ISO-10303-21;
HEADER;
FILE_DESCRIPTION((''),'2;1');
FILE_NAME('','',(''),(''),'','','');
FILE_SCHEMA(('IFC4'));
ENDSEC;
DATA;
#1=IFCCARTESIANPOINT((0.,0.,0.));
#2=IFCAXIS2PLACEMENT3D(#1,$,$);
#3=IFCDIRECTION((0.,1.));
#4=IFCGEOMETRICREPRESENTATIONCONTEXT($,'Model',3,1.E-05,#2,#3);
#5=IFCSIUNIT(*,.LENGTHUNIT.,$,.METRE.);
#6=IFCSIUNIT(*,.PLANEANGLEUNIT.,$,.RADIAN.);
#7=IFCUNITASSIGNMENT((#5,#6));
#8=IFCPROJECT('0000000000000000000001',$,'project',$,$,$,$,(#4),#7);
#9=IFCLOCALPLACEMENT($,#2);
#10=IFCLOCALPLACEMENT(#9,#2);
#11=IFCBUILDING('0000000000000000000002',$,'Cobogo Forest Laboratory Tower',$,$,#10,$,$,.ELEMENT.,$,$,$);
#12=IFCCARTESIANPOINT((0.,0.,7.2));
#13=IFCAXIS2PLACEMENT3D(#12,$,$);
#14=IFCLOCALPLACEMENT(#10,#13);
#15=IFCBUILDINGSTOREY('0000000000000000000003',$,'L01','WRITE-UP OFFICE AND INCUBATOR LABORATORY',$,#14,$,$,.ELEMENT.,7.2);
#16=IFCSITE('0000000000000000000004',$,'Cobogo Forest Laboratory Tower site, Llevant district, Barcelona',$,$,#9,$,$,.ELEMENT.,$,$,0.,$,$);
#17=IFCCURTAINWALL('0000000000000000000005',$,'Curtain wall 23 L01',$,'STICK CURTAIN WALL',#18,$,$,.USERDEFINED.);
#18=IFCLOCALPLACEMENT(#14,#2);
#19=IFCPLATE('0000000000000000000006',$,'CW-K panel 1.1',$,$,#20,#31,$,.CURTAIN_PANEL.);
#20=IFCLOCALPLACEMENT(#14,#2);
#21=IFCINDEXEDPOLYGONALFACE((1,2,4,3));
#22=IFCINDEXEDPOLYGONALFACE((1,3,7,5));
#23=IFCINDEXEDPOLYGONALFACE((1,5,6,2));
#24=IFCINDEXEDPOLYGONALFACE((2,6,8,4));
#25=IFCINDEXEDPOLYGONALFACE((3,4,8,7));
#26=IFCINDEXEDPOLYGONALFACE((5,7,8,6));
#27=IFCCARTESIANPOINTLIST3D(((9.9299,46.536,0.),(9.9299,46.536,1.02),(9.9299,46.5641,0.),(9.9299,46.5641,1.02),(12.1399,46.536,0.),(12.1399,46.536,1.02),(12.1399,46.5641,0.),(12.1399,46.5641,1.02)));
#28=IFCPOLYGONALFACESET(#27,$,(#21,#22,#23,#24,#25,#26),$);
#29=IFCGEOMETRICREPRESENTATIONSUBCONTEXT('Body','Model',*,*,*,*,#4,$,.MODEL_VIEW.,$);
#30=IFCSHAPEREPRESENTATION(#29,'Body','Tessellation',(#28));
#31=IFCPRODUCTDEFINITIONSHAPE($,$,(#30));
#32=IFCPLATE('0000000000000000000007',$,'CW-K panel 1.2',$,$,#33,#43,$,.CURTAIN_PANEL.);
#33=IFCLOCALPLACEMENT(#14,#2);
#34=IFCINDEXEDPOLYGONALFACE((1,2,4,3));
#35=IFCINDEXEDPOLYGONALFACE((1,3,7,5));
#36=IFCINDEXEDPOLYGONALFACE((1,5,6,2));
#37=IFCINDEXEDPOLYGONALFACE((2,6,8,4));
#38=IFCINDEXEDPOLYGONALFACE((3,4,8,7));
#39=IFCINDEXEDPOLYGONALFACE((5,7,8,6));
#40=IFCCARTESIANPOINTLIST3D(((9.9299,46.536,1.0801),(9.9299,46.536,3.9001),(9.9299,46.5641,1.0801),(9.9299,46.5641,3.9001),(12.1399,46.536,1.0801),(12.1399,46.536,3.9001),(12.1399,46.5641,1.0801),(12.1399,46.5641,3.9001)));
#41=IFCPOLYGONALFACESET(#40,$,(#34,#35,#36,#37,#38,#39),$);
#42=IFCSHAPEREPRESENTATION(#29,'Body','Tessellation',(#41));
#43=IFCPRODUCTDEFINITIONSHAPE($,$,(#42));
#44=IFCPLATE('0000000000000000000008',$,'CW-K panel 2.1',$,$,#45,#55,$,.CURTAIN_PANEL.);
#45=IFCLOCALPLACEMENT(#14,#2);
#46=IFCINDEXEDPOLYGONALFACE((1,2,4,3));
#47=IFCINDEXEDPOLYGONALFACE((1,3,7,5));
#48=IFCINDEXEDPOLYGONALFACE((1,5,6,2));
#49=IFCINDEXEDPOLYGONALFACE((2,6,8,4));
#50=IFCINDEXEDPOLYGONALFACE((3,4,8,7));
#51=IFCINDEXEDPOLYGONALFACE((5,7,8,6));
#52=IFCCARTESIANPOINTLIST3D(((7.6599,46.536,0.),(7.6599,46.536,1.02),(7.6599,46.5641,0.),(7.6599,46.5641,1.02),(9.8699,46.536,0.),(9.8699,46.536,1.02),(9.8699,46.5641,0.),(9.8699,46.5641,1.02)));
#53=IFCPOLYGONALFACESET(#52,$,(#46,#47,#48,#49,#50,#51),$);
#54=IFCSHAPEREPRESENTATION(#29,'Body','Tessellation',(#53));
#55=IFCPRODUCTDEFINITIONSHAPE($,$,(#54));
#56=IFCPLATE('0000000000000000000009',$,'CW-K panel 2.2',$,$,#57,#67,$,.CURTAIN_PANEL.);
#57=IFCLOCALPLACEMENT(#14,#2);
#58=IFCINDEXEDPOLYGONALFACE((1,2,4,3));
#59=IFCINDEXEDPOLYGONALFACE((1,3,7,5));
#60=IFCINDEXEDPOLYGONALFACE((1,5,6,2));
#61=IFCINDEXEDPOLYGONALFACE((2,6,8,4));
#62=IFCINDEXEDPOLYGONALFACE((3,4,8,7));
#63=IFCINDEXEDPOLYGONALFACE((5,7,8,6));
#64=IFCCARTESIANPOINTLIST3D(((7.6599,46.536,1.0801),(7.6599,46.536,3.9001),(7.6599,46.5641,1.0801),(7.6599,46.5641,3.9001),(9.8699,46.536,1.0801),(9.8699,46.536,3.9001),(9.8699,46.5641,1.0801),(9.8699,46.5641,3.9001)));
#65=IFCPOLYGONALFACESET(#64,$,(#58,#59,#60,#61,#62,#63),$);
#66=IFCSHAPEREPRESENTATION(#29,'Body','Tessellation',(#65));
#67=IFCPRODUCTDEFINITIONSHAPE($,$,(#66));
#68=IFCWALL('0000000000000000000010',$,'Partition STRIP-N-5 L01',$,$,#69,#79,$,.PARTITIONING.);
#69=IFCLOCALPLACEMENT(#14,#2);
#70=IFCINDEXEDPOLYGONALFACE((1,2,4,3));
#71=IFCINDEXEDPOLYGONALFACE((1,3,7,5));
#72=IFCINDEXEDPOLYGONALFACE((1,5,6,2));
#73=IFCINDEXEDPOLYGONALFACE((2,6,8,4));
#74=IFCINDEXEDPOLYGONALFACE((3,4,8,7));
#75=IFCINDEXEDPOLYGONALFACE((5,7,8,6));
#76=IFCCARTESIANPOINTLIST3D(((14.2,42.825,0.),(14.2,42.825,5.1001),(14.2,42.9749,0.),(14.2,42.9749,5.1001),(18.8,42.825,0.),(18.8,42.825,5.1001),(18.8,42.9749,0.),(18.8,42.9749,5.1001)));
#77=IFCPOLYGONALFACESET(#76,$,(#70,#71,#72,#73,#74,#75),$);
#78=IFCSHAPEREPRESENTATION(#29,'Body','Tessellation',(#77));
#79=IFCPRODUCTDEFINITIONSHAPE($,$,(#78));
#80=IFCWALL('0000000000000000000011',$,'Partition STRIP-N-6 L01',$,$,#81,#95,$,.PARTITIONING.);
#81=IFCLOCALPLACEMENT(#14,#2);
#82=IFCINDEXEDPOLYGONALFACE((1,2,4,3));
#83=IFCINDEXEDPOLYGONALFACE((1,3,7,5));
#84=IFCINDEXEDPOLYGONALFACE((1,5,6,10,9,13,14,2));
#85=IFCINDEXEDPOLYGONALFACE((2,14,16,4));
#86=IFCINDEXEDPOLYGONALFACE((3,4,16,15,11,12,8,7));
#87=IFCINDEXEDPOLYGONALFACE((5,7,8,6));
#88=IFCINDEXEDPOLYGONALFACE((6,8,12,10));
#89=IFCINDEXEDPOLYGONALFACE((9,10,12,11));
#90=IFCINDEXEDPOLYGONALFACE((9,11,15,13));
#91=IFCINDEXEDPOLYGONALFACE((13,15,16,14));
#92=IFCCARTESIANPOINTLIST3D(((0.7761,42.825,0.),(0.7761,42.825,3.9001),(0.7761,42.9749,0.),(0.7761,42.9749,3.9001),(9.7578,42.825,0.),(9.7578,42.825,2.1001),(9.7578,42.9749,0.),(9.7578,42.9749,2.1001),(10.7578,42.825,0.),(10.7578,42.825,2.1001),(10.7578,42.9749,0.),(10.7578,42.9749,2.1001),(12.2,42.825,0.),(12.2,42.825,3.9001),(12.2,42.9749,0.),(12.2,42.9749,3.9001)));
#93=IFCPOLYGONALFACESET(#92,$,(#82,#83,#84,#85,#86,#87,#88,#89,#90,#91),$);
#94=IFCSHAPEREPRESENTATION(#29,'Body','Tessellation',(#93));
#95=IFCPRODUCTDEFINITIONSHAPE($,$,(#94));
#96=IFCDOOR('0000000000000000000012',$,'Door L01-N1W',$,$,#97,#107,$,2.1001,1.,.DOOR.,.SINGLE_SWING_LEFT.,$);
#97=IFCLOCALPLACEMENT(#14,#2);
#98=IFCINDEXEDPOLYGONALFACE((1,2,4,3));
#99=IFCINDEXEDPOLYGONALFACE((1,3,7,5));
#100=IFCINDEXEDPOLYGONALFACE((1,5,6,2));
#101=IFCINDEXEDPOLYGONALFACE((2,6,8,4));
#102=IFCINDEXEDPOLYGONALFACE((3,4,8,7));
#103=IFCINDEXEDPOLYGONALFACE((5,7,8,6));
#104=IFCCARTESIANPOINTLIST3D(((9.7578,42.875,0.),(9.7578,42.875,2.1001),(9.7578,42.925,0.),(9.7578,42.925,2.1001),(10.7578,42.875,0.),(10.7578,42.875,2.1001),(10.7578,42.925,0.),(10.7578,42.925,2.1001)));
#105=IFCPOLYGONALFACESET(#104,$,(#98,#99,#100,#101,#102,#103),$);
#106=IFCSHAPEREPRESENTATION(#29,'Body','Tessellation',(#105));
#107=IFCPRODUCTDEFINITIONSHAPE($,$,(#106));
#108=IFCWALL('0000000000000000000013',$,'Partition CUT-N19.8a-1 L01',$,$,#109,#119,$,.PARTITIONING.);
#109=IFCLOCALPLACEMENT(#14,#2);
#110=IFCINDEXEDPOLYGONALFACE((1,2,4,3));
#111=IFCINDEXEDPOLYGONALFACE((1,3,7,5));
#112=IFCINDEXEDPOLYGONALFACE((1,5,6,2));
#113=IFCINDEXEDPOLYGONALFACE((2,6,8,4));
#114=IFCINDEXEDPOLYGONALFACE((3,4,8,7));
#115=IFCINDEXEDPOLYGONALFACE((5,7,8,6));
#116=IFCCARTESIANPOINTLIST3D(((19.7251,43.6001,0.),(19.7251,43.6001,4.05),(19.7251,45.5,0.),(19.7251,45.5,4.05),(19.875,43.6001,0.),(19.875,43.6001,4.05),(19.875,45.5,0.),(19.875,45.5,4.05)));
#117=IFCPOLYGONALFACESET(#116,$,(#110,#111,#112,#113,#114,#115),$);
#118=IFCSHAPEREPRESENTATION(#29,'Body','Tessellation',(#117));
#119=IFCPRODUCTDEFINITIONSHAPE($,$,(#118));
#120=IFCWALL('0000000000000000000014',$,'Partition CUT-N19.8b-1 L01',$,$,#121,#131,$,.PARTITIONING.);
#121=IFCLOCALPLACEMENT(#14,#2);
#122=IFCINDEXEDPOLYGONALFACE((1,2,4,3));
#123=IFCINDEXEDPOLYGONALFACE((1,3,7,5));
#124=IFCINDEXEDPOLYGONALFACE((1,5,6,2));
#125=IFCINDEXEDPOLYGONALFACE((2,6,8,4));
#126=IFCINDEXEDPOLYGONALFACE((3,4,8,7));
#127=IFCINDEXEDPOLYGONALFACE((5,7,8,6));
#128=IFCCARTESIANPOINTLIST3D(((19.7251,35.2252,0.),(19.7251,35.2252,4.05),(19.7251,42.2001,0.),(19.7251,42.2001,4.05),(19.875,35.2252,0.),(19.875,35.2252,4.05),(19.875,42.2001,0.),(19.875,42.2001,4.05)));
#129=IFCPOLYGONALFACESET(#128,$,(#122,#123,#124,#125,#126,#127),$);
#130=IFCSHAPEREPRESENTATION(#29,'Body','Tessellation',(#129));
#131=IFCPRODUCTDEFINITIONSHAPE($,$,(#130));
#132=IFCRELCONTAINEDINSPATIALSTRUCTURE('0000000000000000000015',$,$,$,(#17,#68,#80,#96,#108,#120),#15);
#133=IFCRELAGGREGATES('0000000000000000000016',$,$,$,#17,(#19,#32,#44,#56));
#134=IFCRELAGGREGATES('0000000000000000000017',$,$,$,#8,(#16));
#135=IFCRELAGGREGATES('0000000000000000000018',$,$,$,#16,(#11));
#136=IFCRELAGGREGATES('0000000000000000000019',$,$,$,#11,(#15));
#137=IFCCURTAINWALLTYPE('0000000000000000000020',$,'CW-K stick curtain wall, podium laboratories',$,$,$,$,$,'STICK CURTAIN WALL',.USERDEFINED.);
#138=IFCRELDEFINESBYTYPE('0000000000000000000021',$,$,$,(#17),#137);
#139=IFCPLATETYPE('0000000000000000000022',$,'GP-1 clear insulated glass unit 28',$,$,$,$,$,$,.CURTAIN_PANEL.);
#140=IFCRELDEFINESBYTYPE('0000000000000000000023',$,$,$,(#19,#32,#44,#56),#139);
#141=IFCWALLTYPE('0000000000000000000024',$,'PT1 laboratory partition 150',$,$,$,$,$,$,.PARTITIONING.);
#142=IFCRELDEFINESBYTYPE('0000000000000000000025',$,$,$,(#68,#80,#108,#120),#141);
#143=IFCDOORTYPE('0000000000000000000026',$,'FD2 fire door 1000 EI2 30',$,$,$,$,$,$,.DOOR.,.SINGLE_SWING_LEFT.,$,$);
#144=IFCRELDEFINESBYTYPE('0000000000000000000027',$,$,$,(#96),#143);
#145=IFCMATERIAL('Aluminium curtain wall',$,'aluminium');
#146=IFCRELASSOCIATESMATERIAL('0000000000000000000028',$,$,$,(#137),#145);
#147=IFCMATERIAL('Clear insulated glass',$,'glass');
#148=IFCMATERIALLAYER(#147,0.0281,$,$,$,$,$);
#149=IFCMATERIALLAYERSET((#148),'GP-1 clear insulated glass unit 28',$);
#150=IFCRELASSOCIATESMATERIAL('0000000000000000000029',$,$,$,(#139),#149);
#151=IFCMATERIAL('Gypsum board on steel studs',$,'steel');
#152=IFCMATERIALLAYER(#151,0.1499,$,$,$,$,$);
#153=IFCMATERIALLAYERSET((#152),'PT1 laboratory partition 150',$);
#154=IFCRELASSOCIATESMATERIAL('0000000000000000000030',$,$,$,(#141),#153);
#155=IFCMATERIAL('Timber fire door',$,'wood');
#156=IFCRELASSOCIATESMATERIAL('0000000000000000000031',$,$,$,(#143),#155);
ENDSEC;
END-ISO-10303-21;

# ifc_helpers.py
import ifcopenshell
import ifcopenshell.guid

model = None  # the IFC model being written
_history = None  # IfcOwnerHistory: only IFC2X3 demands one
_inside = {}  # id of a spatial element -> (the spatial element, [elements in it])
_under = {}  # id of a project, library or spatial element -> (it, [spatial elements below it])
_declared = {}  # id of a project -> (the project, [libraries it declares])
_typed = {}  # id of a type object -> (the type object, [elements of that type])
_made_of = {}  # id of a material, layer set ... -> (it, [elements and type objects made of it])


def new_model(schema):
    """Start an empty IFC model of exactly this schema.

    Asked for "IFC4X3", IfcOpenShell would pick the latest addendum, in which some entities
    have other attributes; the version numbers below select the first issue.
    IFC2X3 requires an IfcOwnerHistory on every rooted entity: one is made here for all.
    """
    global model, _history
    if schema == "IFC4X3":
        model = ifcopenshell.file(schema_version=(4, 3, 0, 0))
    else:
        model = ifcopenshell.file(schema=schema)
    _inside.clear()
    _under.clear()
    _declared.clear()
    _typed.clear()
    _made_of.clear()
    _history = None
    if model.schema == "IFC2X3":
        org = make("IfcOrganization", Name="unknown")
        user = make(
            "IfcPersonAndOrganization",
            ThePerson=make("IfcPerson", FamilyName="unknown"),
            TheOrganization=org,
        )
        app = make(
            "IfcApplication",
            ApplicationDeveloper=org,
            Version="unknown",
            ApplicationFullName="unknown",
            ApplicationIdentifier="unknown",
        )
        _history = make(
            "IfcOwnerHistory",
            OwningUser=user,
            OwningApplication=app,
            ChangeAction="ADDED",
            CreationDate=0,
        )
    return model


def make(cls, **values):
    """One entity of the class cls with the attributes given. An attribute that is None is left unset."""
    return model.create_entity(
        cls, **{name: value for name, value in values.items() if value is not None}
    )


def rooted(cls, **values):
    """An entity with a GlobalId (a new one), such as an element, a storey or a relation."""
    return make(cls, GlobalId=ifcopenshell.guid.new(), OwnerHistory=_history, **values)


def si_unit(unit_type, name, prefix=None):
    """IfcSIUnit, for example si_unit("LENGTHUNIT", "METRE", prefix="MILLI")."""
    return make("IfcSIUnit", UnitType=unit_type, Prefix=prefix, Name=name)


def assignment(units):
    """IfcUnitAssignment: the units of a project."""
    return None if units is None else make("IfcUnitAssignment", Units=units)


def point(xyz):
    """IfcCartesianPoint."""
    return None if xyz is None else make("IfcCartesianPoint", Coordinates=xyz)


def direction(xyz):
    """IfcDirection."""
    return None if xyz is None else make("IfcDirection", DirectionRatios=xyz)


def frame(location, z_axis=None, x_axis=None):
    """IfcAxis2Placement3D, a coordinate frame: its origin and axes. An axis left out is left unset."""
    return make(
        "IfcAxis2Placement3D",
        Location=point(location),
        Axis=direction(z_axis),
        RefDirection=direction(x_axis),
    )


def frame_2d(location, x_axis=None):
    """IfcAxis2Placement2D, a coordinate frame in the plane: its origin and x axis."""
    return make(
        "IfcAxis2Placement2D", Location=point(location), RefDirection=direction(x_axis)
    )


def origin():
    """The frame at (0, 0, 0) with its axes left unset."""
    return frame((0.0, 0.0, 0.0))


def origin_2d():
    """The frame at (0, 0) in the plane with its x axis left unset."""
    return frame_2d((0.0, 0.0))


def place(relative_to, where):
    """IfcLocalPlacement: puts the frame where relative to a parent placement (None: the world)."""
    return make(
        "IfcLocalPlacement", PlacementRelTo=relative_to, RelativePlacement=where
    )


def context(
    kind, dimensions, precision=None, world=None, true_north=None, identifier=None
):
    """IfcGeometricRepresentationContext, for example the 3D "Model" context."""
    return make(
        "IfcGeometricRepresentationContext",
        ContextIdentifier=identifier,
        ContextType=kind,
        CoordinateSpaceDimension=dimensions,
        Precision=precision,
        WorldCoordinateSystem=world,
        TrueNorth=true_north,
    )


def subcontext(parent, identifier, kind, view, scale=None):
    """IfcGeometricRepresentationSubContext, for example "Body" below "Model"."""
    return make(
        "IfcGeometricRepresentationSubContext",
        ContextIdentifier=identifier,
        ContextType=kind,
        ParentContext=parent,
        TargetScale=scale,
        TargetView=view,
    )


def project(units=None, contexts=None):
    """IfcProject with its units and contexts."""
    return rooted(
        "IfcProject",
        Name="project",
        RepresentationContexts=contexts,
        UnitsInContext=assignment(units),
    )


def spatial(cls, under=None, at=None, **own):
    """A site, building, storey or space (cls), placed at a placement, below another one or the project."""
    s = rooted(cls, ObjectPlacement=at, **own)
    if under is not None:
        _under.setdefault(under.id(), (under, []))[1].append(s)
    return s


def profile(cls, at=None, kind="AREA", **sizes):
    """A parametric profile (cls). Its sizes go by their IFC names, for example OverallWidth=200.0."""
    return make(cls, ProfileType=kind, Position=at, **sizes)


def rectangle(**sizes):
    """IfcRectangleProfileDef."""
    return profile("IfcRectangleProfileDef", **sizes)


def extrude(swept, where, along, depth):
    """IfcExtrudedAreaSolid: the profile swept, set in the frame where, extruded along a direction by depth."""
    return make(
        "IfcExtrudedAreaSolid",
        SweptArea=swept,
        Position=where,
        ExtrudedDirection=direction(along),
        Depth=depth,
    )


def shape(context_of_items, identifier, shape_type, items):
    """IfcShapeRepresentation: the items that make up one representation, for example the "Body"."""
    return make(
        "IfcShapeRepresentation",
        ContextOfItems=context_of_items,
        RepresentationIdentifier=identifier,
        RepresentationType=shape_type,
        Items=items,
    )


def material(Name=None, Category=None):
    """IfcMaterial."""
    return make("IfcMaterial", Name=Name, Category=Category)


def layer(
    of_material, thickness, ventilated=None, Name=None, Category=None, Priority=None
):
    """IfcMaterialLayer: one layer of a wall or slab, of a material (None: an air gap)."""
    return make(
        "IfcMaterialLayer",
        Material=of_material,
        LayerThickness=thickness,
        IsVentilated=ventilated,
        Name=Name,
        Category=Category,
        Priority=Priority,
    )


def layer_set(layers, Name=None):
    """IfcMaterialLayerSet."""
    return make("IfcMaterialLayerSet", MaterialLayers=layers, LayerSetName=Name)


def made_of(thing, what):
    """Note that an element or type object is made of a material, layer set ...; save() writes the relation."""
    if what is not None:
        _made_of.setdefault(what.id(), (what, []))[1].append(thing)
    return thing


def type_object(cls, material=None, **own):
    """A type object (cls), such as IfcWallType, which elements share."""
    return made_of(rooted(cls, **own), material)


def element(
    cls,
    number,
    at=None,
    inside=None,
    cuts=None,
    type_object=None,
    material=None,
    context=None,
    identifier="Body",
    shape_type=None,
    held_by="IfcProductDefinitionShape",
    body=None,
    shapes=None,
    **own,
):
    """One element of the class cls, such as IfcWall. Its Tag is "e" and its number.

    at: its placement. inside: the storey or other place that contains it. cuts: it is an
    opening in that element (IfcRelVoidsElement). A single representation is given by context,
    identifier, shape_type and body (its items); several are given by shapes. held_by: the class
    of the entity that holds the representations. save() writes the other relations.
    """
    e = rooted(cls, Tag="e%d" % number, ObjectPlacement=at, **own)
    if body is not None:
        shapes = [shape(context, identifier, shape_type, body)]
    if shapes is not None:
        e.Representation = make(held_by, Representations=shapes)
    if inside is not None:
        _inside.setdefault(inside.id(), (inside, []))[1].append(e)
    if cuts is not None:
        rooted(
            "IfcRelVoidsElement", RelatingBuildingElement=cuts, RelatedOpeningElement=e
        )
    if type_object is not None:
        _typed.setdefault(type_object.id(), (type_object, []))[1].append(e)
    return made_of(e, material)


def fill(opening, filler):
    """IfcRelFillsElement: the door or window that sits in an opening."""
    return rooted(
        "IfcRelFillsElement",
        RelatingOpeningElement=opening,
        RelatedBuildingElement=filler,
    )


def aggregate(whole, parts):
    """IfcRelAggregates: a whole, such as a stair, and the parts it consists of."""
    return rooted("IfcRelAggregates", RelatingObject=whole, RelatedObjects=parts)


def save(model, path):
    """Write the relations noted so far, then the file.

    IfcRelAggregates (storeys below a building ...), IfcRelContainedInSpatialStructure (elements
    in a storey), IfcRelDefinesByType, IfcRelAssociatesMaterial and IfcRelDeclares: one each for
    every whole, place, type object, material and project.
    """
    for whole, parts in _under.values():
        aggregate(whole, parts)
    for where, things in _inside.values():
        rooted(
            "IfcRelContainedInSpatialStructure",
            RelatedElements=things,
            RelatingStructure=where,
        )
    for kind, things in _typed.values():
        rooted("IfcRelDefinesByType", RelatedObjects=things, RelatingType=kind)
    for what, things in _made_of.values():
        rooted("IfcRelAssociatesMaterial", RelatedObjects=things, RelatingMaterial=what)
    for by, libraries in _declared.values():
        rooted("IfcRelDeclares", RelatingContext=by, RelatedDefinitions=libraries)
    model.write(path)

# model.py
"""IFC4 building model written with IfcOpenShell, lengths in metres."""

from ifc_helpers import new_model, si_unit, direction, frame, frame_2d, origin, origin_2d, place, context, subcontext, project, spatial, rectangle, extrude, material, layer, layer_set, type_object, element, fill, aggregate, save


model = new_model("IFC4")

# Units and contexts
model_context = context("Model", 3, precision=1e-05, world=origin(), true_north=direction((0.0, 1.0)))
body_context = subcontext(model_context, "Body", "Model", "MODEL_VIEW")
ifc_project = project(units=[si_unit("LENGTHUNIT", "METRE"), si_unit("PLANEANGLEUNIT", "RADIAN")], contexts=[model_context])

# Site, building, storey
site_placement = place(None, origin())
site = spatial("IfcSite", under=ifc_project, at=site_placement, Name="Cobogo Forest Laboratory Tower site, Llevant district, Barcelona", CompositionType="ELEMENT", RefElevation=0.0)
building_placement = place(site_placement, origin())
building = spatial("IfcBuilding", under=site, at=building_placement, Name="Cobogo Forest Laboratory Tower", CompositionType="ELEMENT")
storey_placement = place(building_placement, frame((0.0, 0.0, 7.2)))
storey = spatial("IfcBuildingStorey", under=building, at=storey_placement, Name="L01", Description="WRITE-UP OFFICE AND INCUBATOR LABORATORY", CompositionType="ELEMENT", Elevation=7.2)

# Curtain wall
ifc_material_1 = material(Name="Aluminium curtain wall", Category="aluminium")
curtain_wall_type = type_object("IfcCurtainWallType", Name="CW-K stick curtain wall, podium laboratories", ElementType="STICK CURTAIN WALL", PredefinedType="USERDEFINED", material=ifc_material_1)
curtain_wall_1_placement = place(storey_placement, origin())
curtain_wall_1 = element("IfcCurtainWall", 1, at=curtain_wall_1_placement, inside=storey, type_object=curtain_wall_type, Name="Curtain wall 23 L01", ObjectType="STICK CURTAIN WALL", PredefinedType="USERDEFINED")

# Plates
ifc_material_2 = material(Name="Clear insulated glass", Category="glass")
ifc_layer_1 = layer(ifc_material_2, 0.0281)
ifc_layer_set_1 = layer_set([ifc_layer_1], Name="GP-1 clear insulated glass unit 28")
plate_type_1 = type_object("IfcPlateType", Name="GP-1 clear insulated glass unit 28", PredefinedType="CURTAIN_PANEL", material=ifc_layer_set_1)
plate_1_placement = place(storey_placement, frame((11.0349, 46.55, 0.0), z_axis=(0.0, 0.0, 1.0), x_axis=(-1.0, 0.0, 0.0)))
plate_1 = element("IfcPlate", 2, at=plate_1_placement, type_object=plate_type_1, Name="CW-K panel 1.1", PredefinedType="CURTAIN_PANEL", context=body_context, shape_type="SweptSolid", body=[
    extrude(rectangle(XDim=2.21, YDim=0.0281, at=origin_2d()), origin(), (0.0, 0.0, 1.0), 1.02),
])
plate_2_placement = place(storey_placement, frame((11.0349, 46.55, 1.0801), z_axis=(0.0, 0.0, 1.0), x_axis=(-1.0, 0.0, 0.0)))
plate_2 = element("IfcPlate", 3, at=plate_2_placement, type_object=plate_type_1, Name="CW-K panel 1.2", PredefinedType="CURTAIN_PANEL", context=body_context, shape_type="SweptSolid", body=[
    extrude(rectangle(XDim=2.21, YDim=0.0281, at=origin_2d()), origin(), (0.0, 0.0, 1.0), 2.8201),
])
plate_3_placement = place(storey_placement, frame((8.7649, 46.55, 0.0), z_axis=(0.0, 0.0, 1.0), x_axis=(-1.0, 0.0, 0.0)))
plate_3 = element("IfcPlate", 4, at=plate_3_placement, type_object=plate_type_1, Name="CW-K panel 2.1", PredefinedType="CURTAIN_PANEL", context=body_context, shape_type="SweptSolid", body=[
    extrude(rectangle(XDim=2.21, YDim=0.0281, at=origin_2d()), origin(), (0.0, 0.0, 1.0), 1.02),
])
plate_4_placement = place(storey_placement, frame((8.7649, 46.55, 1.0801), z_axis=(0.0, 0.0, 1.0), x_axis=(-1.0, 0.0, 0.0)))
plate_4 = element("IfcPlate", 5, at=plate_4_placement, type_object=plate_type_1, Name="CW-K panel 2.2", PredefinedType="CURTAIN_PANEL", context=body_context, shape_type="SweptSolid", body=[
    extrude(rectangle(XDim=2.21, YDim=0.0281, at=origin_2d()), origin(), (0.0, 0.0, 1.0), 2.8201),
])
aggregate(curtain_wall_1, [plate_1, plate_2, plate_3, plate_4])

# Wall
ifc_material_3 = material(Name="Gypsum board on steel studs", Category="steel")
ifc_layer_2 = layer(ifc_material_3, 0.1499)
ifc_layer_set_2 = layer_set([ifc_layer_2], Name="PT1 laboratory partition 150")
wall_type = type_object("IfcWallType", Name="PT1 laboratory partition 150", PredefinedType="PARTITIONING", material=ifc_layer_set_2)
wall_1_placement = place(storey_placement, frame((18.8, 42.8999, 0.0), z_axis=(0.0, 0.0, 1.0), x_axis=(-1.0, 0.0, 0.0)))
element("IfcWall", 6, at=wall_1_placement, inside=storey, type_object=wall_type, Name="Partition STRIP-N-5 L01", PredefinedType="PARTITIONING", context=body_context, shape_type="SweptSolid", body=[
    extrude(rectangle(XDim=4.6001, YDim=0.1499, at=frame_2d((2.3, 0.0))), origin(), (0.0, 0.0, 1.0), 5.1001),
])

# Wall, opening, door
wall_2_placement = place(storey_placement, frame((12.2, 42.8999, 0.0), z_axis=(0.0, 0.0, 1.0), x_axis=(-1.0, 0.0, 0.0)))
wall_2 = element("IfcWall", 7, at=wall_2_placement, inside=storey, type_object=wall_type, Name="Partition STRIP-N-6 L01", PredefinedType="PARTITIONING", context=body_context, shape_type="SweptSolid", body=[
    extrude(rectangle(XDim=11.4238, YDim=0.1499, at=frame_2d((5.7119, 0.0))), origin(), (0.0, 0.0, 1.0), 3.9001),
])
opening_placement = place(wall_2_placement, frame((1.4421, 0.0, 0.0)))
opening = element("IfcOpeningElement", 8, at=opening_placement, cuts=wall_2, PredefinedType="OPENING", context=body_context, shape_type="SweptSolid", body=[
    extrude(rectangle(XDim=1.0, YDim=2.1001, at=frame_2d((0.5, 1.05))), frame((0.0, 0.085, 0.0), z_axis=(0.0, -1.0, 0.0), x_axis=(1.0, 0.0, 0.0)), (0.0, 0.0, 1.0), 0.1699),
])
ifc_material_4 = material(Name="Timber fire door", Category="wood")
door_type = type_object("IfcDoorType", Name="FD2 fire door 1000 EI2 30", OperationType="SINGLE_SWING_LEFT", PredefinedType="DOOR", material=ifc_material_4)
door_placement = place(opening_placement, origin())
door = element("IfcDoor", 9, at=door_placement, inside=storey, type_object=door_type, Name="Door L01-N1W", OperationType="SINGLE_SWING_LEFT", OverallHeight=2.1001, OverallWidth=1.0, PredefinedType="DOOR", context=body_context, shape_type="SweptSolid", body=[
    extrude(rectangle(XDim=1.0, YDim=2.1001, at=frame_2d((0.5, 1.05))), frame((0.0, 0.0249, 0.0), z_axis=(0.0, -1.0, 0.0), x_axis=(1.0, 0.0, 0.0)), (0.0, 0.0, 1.0), 0.05),
])
fill(opening, door)

# Walls
wall_3_placement = place(storey_placement, frame((19.8, 45.5, 0.0), z_axis=(0.0, 0.0, 1.0), x_axis=(0.0, -1.0, 0.0)))
element("IfcWall", 10, at=wall_3_placement, inside=storey, type_object=wall_type, Name="Partition CUT-N19.8a-1 L01", PredefinedType="PARTITIONING", context=body_context, shape_type="SweptSolid", body=[
    extrude(rectangle(XDim=1.8999, YDim=0.1499, at=frame_2d((0.95, 0.0))), origin(), (0.0, 0.0, 1.0), 4.05),
])
wall_4_placement = place(storey_placement, frame((19.8, 42.2, 0.0), z_axis=(0.0, 0.0, 1.0), x_axis=(0.0, -1.0, 0.0)))
element("IfcWall", 11, at=wall_4_placement, inside=storey, type_object=wall_type, Name="Partition CUT-N19.8b-1 L01", PredefinedType="PARTITIONING", context=body_context, shape_type="SweptSolid", body=[
    extrude(rectangle(XDim=6.9749, YDim=0.1499, at=frame_2d((3.4873, 0.0))), origin(), (0.0, 0.0, 1.0), 4.05),
])

save(model, "model.ifc")
